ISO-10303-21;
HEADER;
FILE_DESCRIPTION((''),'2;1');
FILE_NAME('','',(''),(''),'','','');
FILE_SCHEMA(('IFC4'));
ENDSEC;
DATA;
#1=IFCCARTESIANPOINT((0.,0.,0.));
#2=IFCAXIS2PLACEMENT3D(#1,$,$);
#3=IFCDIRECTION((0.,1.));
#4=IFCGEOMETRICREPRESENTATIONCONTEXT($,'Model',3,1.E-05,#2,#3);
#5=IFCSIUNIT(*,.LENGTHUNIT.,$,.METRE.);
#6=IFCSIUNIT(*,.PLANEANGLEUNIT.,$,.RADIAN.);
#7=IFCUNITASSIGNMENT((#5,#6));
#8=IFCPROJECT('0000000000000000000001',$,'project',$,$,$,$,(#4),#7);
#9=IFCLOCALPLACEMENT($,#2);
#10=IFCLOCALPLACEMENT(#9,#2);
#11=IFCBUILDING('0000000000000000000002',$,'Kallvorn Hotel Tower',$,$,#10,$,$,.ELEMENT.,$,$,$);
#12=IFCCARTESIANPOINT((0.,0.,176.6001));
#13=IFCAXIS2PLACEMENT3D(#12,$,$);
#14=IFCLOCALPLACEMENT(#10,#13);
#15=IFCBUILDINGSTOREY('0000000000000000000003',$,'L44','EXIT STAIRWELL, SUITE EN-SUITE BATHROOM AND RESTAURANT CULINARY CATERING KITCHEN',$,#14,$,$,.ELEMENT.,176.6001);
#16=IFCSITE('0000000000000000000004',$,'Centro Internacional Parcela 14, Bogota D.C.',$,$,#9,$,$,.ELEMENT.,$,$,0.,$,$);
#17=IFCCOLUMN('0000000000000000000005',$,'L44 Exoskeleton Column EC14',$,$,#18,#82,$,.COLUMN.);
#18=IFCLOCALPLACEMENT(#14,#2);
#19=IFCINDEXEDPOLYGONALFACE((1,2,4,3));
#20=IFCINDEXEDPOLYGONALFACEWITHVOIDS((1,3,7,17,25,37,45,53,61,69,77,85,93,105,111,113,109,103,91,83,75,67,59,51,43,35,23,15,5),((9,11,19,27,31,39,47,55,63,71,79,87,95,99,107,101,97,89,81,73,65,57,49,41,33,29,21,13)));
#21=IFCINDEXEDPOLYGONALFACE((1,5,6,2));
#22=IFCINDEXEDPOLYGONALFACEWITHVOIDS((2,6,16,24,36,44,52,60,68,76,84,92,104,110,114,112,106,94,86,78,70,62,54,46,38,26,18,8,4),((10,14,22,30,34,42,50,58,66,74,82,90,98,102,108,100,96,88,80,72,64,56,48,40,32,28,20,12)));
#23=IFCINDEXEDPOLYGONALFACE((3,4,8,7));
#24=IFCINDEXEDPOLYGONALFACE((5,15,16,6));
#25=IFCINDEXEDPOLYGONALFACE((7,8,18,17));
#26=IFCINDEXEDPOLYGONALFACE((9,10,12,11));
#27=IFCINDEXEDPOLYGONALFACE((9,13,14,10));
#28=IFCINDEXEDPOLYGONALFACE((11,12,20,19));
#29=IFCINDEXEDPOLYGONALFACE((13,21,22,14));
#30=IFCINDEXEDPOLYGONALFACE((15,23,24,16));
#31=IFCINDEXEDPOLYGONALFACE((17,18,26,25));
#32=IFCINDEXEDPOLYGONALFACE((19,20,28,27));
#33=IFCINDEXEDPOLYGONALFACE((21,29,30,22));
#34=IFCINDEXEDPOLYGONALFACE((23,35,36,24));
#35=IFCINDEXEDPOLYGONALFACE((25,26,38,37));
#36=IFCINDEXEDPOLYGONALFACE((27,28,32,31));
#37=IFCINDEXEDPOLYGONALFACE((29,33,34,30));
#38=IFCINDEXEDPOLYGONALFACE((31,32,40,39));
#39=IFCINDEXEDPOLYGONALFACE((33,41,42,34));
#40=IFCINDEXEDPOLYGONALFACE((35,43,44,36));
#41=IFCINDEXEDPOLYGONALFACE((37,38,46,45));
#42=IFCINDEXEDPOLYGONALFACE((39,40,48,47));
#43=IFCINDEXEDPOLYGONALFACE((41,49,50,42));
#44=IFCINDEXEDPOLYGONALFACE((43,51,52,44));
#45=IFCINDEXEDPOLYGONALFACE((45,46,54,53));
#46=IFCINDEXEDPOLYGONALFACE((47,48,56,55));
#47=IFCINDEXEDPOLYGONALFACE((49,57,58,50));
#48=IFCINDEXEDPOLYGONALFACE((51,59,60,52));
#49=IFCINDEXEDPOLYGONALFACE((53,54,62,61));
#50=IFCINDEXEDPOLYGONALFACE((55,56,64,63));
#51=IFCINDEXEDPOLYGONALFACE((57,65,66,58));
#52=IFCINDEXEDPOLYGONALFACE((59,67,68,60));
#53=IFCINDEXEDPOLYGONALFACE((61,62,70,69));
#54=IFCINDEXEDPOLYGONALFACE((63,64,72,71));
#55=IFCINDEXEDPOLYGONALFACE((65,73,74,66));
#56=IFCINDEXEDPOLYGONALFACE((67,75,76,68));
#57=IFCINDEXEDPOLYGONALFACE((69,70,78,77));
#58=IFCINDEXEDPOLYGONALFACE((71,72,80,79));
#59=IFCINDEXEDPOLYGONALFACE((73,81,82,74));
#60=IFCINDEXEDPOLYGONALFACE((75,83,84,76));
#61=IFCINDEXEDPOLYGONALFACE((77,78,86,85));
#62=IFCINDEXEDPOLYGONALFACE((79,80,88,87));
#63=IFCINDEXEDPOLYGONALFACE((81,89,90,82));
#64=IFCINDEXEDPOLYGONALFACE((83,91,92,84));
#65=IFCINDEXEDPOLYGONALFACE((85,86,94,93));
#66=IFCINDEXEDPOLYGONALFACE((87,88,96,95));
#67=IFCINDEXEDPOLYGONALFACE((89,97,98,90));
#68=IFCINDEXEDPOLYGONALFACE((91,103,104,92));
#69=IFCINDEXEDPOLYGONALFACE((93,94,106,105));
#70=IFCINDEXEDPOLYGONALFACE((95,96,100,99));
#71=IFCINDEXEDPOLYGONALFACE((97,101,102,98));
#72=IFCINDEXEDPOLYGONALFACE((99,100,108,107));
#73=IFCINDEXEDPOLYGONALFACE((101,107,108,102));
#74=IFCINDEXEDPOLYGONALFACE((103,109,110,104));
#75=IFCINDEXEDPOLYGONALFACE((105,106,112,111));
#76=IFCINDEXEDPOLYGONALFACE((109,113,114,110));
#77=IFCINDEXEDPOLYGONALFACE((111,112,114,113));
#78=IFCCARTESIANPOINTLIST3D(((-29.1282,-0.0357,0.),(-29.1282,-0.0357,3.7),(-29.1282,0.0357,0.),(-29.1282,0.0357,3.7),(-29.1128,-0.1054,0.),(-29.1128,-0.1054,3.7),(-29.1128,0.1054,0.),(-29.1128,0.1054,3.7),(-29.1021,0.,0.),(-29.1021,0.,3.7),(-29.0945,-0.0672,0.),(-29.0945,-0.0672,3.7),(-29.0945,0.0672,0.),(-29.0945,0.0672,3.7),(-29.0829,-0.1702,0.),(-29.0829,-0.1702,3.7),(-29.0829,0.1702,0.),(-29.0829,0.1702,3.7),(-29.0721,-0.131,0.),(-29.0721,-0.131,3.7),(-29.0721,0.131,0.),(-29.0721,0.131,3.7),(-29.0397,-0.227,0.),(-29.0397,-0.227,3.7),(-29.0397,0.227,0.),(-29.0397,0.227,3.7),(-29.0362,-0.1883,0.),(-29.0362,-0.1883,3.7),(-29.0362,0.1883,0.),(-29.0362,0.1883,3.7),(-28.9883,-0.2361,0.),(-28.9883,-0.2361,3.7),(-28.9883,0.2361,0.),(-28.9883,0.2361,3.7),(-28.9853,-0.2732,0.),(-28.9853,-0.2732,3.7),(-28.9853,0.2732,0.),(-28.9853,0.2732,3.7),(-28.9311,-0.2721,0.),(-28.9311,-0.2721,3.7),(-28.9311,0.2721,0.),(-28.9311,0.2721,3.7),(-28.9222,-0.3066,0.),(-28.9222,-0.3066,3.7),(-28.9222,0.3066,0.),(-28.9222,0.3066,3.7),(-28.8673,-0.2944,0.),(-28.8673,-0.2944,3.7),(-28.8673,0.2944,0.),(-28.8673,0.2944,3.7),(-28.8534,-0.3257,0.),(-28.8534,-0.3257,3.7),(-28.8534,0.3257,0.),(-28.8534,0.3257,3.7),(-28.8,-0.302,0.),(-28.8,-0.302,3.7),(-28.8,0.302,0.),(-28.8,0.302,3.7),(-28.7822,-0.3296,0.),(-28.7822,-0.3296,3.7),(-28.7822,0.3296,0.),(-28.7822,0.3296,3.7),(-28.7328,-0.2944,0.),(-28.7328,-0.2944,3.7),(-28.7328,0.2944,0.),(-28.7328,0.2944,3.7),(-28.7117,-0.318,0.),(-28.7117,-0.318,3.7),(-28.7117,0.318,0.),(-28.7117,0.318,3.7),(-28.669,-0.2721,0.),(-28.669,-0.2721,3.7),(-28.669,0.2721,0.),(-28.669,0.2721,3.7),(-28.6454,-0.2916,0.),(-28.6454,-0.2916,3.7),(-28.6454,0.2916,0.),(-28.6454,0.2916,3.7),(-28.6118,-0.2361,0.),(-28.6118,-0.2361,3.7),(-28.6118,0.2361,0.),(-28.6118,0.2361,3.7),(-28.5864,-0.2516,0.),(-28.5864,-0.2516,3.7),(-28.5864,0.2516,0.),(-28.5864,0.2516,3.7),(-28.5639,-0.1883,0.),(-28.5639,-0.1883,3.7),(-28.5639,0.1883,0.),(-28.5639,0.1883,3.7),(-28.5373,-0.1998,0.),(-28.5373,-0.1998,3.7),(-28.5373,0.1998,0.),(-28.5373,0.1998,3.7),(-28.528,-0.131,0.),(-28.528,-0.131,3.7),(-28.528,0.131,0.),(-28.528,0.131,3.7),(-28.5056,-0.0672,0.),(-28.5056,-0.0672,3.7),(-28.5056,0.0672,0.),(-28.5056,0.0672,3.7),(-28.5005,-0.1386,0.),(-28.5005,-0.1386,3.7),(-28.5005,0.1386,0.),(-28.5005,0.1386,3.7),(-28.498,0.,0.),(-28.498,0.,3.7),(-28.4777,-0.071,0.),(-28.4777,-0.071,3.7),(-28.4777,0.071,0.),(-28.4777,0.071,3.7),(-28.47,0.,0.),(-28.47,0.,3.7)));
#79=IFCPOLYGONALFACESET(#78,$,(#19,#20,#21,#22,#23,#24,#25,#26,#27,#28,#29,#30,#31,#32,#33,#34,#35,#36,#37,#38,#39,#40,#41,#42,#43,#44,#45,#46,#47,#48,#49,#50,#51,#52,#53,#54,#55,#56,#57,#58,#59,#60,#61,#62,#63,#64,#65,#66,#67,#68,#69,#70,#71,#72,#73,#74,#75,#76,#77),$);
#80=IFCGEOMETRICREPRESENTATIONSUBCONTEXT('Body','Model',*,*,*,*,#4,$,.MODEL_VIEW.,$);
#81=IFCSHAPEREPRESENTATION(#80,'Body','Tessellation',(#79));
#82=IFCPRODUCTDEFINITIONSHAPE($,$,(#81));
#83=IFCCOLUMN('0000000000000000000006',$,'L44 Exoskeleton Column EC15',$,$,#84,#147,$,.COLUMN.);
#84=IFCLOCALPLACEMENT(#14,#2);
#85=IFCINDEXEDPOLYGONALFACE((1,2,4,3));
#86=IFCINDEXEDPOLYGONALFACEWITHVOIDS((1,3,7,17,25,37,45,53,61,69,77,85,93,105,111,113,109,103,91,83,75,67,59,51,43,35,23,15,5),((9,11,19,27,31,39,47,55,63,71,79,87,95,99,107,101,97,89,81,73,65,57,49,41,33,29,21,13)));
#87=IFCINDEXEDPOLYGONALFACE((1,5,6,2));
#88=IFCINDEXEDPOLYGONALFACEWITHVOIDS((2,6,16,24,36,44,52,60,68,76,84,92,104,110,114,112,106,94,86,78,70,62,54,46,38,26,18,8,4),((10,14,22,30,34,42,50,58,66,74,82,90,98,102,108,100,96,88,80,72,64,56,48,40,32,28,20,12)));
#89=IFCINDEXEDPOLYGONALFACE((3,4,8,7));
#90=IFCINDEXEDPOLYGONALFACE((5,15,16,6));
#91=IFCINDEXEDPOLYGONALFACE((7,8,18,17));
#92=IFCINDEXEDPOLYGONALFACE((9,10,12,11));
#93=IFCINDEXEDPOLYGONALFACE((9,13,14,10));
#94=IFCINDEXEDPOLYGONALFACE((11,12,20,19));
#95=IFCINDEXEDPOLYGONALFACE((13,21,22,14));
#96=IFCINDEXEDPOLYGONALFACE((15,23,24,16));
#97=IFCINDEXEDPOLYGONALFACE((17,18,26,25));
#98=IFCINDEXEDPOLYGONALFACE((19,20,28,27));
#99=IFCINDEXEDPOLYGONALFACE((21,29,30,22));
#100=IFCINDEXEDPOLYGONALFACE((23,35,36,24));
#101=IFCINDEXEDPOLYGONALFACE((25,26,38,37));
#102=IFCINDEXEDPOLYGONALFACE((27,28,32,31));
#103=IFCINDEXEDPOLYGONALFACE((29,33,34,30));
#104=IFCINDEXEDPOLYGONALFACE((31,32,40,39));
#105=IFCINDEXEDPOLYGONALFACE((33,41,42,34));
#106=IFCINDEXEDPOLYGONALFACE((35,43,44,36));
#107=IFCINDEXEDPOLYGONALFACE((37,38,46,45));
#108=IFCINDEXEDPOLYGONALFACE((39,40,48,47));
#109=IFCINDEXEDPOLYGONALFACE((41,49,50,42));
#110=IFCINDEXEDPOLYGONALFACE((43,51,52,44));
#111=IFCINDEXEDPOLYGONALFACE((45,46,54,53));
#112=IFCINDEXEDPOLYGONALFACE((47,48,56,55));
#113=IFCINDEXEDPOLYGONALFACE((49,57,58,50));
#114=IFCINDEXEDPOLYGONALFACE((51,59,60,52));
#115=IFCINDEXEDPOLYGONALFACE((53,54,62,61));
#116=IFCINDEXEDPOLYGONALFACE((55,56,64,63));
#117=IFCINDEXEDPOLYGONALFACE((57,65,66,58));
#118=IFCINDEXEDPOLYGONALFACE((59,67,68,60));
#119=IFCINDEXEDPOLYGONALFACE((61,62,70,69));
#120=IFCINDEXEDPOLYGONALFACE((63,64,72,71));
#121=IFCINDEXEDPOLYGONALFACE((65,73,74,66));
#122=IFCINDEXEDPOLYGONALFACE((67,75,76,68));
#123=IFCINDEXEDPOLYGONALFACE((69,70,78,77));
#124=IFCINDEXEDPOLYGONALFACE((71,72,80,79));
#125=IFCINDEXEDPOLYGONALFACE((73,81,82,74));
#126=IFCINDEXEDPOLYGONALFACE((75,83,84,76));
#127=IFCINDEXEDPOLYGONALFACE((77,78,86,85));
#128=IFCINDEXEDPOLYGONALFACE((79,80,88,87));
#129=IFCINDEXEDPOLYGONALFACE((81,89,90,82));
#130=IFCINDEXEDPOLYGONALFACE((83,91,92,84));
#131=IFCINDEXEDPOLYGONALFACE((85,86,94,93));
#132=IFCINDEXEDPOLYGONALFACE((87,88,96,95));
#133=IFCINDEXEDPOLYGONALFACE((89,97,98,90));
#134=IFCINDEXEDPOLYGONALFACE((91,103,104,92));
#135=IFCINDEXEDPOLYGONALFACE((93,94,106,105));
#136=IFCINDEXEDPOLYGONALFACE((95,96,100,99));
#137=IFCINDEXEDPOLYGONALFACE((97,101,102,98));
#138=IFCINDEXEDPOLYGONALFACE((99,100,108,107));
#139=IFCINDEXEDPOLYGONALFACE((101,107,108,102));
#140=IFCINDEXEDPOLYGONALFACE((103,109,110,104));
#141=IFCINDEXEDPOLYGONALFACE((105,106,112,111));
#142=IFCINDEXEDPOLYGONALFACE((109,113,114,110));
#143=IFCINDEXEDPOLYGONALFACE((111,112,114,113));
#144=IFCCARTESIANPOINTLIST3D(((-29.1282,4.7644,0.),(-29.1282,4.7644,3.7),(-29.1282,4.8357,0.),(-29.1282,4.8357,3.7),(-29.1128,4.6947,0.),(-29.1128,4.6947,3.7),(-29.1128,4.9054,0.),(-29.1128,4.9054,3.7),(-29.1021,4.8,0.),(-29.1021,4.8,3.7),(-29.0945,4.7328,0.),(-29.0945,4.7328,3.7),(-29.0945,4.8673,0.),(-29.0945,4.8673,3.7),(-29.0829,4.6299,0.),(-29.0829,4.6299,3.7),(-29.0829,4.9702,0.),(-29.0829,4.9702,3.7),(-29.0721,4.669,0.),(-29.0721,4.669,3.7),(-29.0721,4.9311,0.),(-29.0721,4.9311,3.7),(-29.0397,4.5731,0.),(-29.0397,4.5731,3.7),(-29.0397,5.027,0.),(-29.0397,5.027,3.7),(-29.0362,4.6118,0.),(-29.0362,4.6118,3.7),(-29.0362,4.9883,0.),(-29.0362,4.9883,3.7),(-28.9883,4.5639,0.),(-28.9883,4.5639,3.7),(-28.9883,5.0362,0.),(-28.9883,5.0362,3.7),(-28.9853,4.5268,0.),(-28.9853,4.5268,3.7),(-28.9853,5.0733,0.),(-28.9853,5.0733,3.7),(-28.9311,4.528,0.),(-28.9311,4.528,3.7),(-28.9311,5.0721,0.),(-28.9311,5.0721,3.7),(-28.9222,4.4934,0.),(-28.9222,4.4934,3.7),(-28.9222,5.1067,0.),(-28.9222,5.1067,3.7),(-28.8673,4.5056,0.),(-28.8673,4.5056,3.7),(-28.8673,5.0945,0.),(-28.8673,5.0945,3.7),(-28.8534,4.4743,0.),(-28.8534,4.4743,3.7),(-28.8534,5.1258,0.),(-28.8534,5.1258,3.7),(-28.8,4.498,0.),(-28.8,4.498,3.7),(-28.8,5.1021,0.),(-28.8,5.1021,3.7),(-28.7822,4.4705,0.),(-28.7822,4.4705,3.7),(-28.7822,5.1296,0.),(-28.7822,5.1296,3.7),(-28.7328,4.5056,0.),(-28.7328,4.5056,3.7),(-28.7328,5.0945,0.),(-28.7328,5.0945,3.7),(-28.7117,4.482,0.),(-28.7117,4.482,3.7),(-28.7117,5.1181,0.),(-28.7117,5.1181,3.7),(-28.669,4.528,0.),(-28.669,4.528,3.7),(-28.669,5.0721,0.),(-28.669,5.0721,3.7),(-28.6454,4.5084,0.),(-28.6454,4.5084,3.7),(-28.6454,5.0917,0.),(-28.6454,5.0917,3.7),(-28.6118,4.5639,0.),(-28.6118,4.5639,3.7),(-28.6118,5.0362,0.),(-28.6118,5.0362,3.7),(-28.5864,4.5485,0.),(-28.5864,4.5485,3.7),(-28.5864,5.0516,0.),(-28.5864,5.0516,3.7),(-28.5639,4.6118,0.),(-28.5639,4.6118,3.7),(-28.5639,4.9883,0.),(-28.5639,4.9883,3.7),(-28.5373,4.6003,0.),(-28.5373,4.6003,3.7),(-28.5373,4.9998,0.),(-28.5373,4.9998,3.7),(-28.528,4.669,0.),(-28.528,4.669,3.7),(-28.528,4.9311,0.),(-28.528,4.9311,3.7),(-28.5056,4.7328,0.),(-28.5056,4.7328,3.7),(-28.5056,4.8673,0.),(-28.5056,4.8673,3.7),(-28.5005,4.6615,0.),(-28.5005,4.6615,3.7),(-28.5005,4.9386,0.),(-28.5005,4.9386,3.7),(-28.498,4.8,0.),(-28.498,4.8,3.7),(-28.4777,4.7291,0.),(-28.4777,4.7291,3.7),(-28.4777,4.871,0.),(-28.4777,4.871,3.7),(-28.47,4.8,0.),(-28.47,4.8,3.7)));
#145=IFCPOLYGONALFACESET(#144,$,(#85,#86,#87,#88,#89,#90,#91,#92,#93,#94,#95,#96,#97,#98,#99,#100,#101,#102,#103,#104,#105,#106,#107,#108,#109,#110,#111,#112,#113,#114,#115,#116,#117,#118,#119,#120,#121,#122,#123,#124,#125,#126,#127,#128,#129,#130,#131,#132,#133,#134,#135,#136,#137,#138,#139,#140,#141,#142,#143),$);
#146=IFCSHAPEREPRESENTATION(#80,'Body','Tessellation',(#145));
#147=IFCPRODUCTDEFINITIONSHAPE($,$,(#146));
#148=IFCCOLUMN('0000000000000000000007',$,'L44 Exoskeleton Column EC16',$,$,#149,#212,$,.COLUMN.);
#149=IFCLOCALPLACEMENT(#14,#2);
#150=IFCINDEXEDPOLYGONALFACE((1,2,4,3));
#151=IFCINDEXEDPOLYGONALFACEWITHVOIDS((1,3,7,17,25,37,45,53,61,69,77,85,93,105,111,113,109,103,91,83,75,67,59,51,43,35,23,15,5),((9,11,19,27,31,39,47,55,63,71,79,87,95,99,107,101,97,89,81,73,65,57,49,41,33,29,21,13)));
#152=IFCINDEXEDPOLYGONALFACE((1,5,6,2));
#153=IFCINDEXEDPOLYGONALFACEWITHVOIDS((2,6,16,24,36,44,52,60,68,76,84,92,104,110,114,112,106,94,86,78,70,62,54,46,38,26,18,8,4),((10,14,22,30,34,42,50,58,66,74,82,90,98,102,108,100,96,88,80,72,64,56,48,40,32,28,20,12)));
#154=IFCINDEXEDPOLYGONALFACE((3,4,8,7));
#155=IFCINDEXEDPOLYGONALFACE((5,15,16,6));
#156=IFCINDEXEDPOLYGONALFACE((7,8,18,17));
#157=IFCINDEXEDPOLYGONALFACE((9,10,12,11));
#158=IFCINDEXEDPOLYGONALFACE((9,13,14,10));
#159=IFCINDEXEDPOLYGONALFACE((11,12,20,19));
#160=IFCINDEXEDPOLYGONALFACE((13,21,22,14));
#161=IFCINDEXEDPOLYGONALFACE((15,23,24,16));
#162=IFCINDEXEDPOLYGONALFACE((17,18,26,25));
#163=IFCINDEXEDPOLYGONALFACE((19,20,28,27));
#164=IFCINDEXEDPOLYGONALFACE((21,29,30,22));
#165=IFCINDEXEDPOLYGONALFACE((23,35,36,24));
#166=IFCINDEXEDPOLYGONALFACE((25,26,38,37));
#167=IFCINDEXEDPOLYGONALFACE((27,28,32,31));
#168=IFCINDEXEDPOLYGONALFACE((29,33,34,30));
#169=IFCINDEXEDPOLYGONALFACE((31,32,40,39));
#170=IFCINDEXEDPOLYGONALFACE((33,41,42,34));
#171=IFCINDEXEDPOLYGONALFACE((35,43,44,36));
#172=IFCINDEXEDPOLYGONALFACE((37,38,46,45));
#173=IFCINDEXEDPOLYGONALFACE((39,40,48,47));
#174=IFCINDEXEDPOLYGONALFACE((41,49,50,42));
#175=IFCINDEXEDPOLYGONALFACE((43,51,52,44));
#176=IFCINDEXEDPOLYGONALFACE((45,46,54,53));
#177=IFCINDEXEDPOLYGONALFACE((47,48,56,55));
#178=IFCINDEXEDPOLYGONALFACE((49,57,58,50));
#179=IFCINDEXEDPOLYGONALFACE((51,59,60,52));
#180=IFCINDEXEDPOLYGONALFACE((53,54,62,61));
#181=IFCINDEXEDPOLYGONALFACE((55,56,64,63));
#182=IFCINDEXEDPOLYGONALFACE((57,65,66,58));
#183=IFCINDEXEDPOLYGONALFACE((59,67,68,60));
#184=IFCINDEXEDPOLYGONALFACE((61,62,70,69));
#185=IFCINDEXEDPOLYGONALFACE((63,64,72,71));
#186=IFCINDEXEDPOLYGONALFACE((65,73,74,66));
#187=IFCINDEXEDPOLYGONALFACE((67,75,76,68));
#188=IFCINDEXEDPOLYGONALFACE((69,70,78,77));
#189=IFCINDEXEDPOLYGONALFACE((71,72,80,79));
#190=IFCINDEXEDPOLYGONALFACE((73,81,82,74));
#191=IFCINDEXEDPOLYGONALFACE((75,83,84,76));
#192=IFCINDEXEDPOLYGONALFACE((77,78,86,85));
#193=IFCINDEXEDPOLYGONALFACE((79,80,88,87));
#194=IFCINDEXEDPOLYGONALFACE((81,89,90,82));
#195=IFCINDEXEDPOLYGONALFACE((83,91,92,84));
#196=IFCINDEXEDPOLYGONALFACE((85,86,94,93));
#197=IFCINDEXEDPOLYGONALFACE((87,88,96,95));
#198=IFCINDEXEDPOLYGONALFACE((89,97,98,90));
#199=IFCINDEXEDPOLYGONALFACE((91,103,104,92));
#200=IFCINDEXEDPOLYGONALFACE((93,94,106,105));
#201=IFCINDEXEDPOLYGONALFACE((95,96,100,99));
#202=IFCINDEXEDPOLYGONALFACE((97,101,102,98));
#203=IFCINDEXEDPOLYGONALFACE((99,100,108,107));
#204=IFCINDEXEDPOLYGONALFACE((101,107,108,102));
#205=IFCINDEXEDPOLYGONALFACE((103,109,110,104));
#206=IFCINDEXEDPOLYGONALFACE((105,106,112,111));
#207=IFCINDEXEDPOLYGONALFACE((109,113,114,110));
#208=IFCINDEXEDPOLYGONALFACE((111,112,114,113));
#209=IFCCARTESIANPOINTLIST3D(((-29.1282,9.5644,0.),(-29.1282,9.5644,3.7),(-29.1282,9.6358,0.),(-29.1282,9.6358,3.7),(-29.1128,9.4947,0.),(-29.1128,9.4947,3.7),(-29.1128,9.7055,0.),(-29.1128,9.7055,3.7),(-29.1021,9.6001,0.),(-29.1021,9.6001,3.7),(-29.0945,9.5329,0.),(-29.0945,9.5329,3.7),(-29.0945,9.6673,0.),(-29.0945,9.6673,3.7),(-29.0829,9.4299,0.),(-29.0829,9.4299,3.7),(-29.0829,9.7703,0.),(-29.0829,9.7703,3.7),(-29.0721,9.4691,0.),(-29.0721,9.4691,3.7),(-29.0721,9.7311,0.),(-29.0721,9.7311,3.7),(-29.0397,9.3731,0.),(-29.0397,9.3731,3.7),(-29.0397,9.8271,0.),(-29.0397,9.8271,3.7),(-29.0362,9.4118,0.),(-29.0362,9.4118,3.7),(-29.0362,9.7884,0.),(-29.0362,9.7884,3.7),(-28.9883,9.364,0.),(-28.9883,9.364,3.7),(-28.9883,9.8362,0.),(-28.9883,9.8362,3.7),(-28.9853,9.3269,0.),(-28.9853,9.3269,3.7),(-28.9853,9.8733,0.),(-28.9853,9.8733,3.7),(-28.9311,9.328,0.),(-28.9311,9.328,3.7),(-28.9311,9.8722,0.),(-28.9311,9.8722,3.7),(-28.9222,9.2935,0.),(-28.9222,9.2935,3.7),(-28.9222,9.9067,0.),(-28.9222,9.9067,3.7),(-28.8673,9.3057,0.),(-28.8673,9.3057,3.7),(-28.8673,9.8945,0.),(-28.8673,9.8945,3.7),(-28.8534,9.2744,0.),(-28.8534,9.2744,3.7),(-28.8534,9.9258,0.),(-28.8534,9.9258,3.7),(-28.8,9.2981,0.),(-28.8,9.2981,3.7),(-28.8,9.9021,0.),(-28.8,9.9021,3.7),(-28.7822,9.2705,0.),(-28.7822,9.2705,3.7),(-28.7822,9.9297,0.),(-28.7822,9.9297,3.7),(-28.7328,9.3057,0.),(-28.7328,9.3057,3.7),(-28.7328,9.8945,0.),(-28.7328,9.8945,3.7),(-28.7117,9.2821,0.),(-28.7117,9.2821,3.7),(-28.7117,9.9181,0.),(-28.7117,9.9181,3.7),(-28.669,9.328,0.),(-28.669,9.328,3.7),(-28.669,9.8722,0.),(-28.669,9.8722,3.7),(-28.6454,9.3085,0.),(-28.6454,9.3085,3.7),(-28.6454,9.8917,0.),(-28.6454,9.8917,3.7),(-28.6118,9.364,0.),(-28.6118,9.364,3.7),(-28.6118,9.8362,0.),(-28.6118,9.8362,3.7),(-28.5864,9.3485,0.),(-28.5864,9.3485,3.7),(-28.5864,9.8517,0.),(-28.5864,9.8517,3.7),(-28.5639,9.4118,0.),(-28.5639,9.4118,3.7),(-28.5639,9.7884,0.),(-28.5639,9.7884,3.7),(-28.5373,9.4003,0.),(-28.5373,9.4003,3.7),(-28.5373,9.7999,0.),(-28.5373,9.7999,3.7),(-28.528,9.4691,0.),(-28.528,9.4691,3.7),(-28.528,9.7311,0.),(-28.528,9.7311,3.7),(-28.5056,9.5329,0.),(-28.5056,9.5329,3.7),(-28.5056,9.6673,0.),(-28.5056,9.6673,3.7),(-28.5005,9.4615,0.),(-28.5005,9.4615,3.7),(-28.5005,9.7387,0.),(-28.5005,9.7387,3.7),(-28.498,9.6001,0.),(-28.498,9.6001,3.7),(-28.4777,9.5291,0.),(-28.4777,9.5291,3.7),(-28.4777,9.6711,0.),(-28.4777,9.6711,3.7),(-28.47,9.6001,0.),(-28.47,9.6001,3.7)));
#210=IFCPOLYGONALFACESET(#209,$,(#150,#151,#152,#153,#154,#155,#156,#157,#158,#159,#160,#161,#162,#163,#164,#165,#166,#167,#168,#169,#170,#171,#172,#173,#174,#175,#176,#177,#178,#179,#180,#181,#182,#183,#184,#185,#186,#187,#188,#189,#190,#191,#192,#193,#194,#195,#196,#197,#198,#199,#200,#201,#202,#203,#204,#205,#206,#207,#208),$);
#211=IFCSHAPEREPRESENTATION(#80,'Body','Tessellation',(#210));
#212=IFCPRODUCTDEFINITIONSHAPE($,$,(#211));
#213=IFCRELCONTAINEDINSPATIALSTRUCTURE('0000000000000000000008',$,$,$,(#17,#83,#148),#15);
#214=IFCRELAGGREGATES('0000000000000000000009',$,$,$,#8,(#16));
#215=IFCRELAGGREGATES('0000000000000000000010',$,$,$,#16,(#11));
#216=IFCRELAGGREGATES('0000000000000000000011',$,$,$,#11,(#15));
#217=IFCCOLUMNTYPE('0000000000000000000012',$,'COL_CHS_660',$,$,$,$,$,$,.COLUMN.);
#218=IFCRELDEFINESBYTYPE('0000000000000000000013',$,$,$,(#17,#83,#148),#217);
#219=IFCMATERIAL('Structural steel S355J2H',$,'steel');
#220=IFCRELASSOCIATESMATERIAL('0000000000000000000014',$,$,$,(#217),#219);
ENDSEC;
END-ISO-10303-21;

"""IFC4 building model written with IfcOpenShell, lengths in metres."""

from ifc_helpers import new_model, si_unit, direction, frame, origin, origin_2d, place, context, subcontext, project, spatial, hollow_circle, extrude, material, material_profile, profile_set, type_object, element, save


model = new_model("IFC4")

# Units and contexts
model_context = context("Model", 3, precision=1e-05, world=origin(), true_north=direction((0.0, 1.0)))
body_context = subcontext(model_context, "Body", "Model", "MODEL_VIEW")
ifc_project = project(units=[si_unit("LENGTHUNIT", "METRE"), si_unit("PLANEANGLEUNIT", "RADIAN")], contexts=[model_context])

# Site, building, storey
site_placement = place(None, origin())
site = spatial("IfcSite", under=ifc_project, at=site_placement, Name="Centro Internacional Parcela 14, Bogota D.C.", CompositionType="ELEMENT", RefElevation=0.0)
building_placement = place(site_placement, origin())
building = spatial("IfcBuilding", under=site, at=building_placement, Name="Kallvorn Hotel Tower", CompositionType="ELEMENT")
storey_placement = place(building_placement, frame((0.0, 0.0, 176.6001)))
storey = spatial("IfcBuildingStorey", under=building, at=storey_placement, Name="L44", Description="EXIT STAIRWELL, SUITE EN-SUITE BATHROOM AND RESTAURANT CULINARY CATERING KITCHEN", CompositionType="ELEMENT", Elevation=176.6001)

# Columns
ifc_material_1 = material(Name="Structural steel S355J2H", Category="steel")
ifc_material_profile_1 = material_profile(ifc_material_1, hollow_circle(Radius=0.3301, WallThickness=0.0281, at=origin_2d()), Name="CHS 660x28")
ifc_profile_set_1 = profile_set([ifc_material_profile_1], Name="Structural steel S355J2H")
column_type_1 = type_object("IfcColumnType", Name="COL_CHS_660", PredefinedType="COLUMN", material=ifc_profile_set_1)
for number, where, z_axis, x_axis, name in (
    (1, (-28.8, 0.0, 0.0), (0.0, 0.0, 1.0), (1.0, 0.0, 0.0), "L44 Exoskeleton Column EC14"),
    (2, (-28.8, 4.8, 0.0), (0.0, 0.0, 1.0), (1.0, 0.0, 0.0), "L44 Exoskeleton Column EC15"),
    (3, (-28.8, 9.6001, 0.0), (0.0, 0.0, 1.0), (1.0, 0.0, 0.0), "L44 Exoskeleton Column EC16"),
):
    element("IfcColumn", number, at=place(storey_placement, frame(where, z_axis=z_axis, x_axis=x_axis)), inside=storey, type_object=column_type_1, Name=name, PredefinedType="COLUMN", context=body_context, shape_type="SweptSolid", body=[
        extrude(hollow_circle(Radius=0.3301, WallThickness=0.0281, at=origin_2d()), origin(), (0.0, 0.0, 1.0), 3.7),
    ])

save(model, "model.ifc")
